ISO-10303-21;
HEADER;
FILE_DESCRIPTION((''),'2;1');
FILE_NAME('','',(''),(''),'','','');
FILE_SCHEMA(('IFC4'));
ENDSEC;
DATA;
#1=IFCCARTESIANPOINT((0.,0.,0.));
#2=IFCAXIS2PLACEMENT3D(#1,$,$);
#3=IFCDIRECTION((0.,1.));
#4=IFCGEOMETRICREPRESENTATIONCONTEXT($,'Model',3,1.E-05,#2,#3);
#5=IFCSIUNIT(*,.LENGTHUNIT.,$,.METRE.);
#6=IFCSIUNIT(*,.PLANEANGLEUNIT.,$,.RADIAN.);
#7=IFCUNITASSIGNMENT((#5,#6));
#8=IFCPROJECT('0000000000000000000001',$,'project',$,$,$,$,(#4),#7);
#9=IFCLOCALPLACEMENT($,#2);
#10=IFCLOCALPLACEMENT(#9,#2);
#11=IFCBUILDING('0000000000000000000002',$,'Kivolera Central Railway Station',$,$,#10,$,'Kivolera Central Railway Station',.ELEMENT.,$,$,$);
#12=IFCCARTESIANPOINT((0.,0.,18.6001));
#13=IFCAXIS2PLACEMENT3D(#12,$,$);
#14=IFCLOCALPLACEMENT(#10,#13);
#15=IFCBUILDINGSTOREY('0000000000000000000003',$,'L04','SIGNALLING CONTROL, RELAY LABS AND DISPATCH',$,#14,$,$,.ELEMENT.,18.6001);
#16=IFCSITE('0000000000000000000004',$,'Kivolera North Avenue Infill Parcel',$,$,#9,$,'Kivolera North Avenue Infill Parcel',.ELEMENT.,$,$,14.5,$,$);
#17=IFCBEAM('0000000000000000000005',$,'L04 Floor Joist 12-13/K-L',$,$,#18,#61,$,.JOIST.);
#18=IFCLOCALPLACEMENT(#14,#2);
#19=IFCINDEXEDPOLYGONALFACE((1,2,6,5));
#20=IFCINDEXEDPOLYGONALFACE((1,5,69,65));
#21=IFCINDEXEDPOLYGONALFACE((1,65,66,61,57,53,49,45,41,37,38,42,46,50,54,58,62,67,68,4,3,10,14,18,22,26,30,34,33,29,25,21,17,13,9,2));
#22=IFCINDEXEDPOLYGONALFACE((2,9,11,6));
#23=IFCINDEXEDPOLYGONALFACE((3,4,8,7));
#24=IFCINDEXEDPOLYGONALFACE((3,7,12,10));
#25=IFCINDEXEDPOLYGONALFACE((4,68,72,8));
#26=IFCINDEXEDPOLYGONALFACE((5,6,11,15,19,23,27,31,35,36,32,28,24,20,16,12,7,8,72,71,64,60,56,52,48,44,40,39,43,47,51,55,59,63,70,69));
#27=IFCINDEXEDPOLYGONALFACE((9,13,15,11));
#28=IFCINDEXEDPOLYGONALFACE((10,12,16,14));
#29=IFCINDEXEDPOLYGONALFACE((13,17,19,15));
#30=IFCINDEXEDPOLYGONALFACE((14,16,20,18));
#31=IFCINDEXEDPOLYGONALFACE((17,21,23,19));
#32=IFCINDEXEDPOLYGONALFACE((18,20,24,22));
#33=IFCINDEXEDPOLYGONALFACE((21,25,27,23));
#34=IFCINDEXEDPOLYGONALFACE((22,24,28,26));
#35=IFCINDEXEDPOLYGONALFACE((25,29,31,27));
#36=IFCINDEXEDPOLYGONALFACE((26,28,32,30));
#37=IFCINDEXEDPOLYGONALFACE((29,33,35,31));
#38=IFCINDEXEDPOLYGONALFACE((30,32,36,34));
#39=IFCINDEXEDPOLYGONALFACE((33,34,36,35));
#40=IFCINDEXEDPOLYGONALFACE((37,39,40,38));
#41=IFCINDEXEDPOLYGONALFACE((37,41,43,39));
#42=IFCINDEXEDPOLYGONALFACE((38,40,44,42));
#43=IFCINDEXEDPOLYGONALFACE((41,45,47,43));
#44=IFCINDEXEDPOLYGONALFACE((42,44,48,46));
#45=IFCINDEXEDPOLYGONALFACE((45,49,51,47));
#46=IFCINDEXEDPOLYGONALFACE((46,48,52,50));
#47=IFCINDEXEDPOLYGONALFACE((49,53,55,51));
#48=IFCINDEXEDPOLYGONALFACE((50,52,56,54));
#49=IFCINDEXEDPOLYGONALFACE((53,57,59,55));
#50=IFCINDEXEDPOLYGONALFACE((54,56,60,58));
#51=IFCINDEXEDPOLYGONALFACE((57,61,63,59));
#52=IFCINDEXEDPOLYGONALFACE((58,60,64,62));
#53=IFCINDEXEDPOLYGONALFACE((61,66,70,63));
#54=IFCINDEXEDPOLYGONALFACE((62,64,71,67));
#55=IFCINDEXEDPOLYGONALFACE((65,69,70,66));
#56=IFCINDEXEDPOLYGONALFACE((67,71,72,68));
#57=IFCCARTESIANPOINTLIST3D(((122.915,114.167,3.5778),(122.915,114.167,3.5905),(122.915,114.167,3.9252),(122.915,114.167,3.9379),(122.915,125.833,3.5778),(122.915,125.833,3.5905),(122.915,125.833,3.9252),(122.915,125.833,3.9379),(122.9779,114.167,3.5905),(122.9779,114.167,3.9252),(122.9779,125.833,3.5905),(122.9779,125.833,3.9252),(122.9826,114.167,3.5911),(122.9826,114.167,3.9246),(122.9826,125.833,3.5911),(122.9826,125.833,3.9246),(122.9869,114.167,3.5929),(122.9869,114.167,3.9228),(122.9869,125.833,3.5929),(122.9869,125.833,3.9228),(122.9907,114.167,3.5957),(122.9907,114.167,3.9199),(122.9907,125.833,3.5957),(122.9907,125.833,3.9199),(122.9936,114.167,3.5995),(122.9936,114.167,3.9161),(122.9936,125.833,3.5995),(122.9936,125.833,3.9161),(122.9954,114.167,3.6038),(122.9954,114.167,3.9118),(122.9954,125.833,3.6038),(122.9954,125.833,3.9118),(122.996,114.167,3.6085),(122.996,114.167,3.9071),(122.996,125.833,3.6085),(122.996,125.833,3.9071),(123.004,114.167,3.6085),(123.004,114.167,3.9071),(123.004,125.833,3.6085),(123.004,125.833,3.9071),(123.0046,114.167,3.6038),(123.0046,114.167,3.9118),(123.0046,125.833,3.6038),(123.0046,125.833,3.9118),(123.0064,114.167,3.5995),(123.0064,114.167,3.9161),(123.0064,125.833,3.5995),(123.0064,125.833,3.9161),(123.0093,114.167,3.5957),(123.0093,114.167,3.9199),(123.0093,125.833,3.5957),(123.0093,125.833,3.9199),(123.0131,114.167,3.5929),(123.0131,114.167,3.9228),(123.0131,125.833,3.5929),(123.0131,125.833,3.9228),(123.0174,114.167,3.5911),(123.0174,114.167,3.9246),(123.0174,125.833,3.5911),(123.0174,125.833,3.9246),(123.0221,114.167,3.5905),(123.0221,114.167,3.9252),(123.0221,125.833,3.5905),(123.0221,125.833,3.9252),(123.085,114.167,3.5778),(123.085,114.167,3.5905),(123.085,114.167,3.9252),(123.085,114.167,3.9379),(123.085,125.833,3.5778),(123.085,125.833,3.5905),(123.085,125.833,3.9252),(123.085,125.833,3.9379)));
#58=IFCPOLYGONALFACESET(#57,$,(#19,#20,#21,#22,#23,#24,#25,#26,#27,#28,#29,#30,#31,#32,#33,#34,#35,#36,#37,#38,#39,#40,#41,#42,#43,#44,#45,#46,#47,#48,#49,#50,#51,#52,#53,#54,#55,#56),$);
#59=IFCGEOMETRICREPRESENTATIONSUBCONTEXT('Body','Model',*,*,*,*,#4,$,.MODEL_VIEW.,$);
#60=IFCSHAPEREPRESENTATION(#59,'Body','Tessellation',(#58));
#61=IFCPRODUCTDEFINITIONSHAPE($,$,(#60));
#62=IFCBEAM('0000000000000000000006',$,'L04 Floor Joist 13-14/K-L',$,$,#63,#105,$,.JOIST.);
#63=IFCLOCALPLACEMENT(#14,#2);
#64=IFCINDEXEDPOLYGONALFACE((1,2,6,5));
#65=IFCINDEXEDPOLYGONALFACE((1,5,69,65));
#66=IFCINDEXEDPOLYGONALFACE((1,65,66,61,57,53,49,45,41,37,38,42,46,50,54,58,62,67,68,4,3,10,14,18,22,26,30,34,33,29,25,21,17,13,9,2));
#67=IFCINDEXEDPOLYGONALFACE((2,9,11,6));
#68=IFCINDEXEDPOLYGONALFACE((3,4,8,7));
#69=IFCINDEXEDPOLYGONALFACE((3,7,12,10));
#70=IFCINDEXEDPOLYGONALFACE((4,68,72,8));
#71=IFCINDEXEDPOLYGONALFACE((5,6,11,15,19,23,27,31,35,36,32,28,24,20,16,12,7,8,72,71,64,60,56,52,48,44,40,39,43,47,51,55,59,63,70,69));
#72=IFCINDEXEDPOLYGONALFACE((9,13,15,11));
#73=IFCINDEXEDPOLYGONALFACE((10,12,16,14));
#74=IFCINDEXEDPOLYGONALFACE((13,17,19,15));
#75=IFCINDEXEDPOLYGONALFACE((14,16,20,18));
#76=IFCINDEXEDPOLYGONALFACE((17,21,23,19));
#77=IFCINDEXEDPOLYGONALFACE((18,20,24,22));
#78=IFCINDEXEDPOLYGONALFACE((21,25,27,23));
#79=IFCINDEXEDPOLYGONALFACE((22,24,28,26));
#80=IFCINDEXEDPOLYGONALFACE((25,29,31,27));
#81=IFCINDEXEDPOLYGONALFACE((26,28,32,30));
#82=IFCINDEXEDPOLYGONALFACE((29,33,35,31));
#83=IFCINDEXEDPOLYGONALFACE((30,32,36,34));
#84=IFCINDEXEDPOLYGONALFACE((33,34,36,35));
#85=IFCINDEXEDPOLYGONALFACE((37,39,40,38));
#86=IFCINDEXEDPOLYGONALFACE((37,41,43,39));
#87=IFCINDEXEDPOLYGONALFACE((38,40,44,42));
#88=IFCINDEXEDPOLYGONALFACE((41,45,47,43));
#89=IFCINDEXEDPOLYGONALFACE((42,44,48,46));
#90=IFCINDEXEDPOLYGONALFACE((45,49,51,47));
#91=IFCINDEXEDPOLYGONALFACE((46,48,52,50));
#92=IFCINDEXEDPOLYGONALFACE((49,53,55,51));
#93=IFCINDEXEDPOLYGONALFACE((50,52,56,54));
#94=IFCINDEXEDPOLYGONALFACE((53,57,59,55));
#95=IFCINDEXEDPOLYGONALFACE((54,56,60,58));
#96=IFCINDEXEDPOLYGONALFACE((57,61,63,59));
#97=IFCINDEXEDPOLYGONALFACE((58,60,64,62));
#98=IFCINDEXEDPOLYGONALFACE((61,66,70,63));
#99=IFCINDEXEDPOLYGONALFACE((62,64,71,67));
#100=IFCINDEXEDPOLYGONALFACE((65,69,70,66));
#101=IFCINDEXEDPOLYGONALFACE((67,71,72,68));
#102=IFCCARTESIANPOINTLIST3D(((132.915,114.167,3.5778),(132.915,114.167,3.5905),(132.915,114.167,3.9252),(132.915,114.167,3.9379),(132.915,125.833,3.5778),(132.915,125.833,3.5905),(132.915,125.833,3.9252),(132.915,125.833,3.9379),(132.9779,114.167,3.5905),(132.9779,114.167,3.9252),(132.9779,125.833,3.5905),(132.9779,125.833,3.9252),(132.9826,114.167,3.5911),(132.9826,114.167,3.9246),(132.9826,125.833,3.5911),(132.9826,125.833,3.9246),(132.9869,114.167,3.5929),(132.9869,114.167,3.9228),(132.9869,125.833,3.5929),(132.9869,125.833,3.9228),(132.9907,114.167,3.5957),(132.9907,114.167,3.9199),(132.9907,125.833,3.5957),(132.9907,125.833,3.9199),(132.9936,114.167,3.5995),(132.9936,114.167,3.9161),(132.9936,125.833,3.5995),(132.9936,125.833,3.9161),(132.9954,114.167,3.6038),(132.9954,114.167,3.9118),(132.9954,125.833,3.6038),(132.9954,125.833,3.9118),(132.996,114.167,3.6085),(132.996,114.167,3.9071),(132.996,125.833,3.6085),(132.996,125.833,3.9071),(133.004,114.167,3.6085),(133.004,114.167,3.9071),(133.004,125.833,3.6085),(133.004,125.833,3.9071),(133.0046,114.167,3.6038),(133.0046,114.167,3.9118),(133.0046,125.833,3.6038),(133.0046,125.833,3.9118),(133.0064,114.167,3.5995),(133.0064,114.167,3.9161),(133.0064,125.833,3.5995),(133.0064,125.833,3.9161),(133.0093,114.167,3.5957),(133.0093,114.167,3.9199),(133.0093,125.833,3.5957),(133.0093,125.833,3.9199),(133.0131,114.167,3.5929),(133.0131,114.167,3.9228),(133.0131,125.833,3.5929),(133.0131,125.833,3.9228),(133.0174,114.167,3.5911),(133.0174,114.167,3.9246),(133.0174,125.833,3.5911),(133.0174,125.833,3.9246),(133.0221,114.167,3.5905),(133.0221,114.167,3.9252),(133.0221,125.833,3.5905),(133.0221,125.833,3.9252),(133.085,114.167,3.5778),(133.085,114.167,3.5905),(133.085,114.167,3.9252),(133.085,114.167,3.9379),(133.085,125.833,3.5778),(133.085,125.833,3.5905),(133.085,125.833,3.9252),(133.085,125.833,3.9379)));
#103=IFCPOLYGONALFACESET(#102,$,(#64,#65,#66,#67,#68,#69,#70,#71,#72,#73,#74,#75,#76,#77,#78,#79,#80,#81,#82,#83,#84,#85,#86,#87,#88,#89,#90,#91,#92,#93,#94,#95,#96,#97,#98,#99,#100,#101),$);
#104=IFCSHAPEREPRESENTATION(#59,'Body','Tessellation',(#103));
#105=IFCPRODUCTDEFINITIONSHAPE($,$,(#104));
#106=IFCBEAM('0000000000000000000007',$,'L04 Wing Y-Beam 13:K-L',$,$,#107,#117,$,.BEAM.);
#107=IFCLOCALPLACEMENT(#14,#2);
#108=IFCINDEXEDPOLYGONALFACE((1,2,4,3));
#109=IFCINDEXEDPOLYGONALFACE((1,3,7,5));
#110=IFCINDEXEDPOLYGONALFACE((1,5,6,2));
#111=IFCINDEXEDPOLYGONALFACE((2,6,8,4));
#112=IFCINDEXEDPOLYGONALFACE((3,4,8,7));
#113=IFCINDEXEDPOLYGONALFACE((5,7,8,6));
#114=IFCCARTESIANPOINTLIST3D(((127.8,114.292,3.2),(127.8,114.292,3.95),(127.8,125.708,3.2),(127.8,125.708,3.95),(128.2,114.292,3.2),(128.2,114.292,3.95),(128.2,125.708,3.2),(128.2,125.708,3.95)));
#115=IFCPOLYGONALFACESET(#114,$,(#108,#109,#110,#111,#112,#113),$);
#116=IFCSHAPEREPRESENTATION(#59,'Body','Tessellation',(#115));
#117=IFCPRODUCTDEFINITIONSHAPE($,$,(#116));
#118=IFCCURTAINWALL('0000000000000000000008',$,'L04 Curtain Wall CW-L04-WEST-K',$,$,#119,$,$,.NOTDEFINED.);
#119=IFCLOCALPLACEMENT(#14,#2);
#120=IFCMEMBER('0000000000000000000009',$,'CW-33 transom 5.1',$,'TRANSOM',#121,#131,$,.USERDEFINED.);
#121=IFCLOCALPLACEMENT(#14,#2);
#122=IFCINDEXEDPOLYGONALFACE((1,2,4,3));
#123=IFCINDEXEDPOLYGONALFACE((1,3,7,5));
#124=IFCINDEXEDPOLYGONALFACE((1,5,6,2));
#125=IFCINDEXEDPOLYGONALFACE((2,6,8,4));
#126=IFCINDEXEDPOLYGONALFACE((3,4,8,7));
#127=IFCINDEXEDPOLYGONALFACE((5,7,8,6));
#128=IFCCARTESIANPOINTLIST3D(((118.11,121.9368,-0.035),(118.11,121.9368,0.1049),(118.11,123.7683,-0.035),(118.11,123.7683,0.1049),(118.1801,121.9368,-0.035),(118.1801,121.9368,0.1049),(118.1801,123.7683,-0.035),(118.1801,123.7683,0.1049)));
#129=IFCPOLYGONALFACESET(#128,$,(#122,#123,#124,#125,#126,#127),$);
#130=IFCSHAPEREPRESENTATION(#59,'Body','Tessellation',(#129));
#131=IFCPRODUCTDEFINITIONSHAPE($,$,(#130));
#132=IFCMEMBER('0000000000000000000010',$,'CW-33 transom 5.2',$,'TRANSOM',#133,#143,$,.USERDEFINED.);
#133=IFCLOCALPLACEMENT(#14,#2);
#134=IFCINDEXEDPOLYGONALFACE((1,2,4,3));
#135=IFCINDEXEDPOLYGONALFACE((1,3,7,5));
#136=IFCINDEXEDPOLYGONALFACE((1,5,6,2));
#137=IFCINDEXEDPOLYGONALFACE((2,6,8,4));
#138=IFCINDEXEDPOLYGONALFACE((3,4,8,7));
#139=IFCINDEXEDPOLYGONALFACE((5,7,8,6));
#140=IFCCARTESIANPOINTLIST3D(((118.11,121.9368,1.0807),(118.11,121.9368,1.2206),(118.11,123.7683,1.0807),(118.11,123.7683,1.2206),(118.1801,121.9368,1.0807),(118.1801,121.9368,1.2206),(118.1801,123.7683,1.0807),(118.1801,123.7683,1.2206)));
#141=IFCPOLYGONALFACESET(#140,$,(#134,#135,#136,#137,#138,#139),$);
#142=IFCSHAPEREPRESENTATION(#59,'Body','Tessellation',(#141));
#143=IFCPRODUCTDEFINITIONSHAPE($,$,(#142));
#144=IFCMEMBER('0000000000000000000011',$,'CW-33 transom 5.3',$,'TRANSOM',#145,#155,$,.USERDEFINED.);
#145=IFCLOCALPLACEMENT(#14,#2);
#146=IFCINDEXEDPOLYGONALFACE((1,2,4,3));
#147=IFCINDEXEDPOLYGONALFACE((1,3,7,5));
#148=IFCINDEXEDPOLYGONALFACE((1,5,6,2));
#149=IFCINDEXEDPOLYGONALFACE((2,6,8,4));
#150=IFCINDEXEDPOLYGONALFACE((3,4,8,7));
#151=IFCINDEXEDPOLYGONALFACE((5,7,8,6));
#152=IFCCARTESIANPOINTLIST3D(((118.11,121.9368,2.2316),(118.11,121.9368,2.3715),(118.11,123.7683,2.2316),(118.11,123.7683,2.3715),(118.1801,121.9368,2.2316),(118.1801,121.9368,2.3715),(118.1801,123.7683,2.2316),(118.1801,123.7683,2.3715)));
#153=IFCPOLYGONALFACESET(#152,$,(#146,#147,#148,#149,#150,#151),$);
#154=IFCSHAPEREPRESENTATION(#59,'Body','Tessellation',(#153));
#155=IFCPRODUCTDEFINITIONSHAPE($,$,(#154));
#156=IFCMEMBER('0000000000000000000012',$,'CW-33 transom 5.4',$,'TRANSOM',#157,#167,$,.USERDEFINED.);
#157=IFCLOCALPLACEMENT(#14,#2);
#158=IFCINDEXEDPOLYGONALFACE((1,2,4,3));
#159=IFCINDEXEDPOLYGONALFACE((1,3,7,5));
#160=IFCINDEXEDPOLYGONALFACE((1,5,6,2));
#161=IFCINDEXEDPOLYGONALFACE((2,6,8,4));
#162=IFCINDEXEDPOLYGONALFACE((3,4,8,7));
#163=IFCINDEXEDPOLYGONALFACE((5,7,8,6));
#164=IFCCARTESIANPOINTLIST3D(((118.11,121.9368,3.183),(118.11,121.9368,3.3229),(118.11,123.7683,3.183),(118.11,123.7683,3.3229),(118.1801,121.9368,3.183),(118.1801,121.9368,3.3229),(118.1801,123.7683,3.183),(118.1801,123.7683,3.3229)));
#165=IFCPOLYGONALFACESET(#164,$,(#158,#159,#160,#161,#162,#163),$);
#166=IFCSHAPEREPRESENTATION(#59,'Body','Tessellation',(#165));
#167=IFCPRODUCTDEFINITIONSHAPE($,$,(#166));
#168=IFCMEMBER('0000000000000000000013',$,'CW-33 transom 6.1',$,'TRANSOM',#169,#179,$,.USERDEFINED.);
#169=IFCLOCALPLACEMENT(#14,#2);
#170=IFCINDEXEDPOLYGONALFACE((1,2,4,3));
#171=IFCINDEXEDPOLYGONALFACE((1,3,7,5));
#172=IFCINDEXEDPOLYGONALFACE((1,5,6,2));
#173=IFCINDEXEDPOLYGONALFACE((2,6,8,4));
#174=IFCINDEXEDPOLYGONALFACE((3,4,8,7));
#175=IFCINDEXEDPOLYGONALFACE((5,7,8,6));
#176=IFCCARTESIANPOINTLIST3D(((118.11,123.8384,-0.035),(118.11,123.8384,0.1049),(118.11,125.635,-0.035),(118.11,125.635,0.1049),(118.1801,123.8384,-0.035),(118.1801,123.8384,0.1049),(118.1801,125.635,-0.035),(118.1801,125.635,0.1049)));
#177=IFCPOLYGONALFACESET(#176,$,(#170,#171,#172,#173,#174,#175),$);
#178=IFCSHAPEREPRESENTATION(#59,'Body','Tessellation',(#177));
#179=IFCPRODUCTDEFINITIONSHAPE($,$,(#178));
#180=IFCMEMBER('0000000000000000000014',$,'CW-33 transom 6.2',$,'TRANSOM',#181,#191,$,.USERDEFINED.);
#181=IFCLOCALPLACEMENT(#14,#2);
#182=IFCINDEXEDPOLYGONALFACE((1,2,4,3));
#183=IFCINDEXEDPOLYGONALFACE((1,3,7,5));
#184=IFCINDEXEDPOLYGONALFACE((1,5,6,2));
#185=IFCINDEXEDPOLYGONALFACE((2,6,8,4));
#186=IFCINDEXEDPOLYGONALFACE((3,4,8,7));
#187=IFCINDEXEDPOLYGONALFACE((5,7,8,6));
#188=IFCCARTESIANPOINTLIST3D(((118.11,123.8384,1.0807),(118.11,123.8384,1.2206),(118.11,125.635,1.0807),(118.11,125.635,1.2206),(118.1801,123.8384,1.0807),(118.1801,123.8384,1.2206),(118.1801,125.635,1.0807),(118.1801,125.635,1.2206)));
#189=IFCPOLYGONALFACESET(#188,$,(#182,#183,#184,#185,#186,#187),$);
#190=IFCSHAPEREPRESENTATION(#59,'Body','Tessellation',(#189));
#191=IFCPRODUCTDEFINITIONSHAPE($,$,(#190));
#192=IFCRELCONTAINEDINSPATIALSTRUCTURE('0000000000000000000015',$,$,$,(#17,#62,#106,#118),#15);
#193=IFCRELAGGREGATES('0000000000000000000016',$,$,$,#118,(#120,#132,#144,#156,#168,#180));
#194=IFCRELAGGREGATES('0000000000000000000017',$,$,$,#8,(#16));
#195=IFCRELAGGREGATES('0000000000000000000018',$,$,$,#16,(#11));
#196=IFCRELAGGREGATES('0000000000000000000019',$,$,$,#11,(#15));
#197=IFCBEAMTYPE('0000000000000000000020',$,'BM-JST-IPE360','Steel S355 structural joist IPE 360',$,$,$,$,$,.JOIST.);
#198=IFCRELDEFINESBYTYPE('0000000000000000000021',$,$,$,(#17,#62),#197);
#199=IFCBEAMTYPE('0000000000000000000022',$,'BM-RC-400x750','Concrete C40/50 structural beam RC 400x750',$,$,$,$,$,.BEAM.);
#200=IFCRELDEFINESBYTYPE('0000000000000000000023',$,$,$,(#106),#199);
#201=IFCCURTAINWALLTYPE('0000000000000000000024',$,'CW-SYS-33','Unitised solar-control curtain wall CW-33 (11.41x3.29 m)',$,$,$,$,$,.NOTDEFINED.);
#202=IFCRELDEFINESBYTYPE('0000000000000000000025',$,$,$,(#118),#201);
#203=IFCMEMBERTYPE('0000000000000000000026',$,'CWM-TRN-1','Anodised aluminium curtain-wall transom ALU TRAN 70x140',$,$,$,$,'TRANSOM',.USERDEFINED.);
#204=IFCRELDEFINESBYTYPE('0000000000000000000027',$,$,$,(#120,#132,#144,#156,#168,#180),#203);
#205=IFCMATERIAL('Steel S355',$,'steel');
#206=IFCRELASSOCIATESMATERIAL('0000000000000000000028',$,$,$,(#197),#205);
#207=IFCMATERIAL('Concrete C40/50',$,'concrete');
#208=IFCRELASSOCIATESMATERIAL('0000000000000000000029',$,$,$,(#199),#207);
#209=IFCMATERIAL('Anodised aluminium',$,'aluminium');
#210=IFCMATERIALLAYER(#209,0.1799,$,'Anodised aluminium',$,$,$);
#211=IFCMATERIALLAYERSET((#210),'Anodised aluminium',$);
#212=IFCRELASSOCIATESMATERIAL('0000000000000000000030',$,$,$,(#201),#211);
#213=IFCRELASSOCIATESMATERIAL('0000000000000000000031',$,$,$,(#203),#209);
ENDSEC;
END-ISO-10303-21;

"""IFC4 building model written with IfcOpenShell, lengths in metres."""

from ifc_helpers import new_model, si_unit, direction, frame, origin, origin_2d, place, context, subcontext, project, spatial, rectangle, i_section, extrude, material, layer, layer_set, material_profile, profile_set, type_object, element, aggregate, save


model = new_model("IFC4")

# Units and contexts
model_context = context("Model", 3, precision=1e-05, world=origin(), true_north=direction((0.0, 1.0)))
body_context = subcontext(model_context, "Body", "Model", "MODEL_VIEW")
ifc_project = project(units=[si_unit("LENGTHUNIT", "METRE"), si_unit("PLANEANGLEUNIT", "RADIAN")], contexts=[model_context])

# Site, building, storey
site_placement = place(None, origin())
site = spatial("IfcSite", under=ifc_project, at=site_placement, Name="Kivolera North Avenue Infill Parcel", LongName="Kivolera North Avenue Infill Parcel", CompositionType="ELEMENT", RefElevation=14.5)
building_placement = place(site_placement, origin())
building = spatial("IfcBuilding", under=site, at=building_placement, Name="Kivolera Central Railway Station", LongName="Kivolera Central Railway Station", CompositionType="ELEMENT")
storey_placement = place(building_placement, frame((0.0, 0.0, 18.6001)))
storey = spatial("IfcBuildingStorey", under=building, at=storey_placement, Name="L04", Description="SIGNALLING CONTROL, RELAY LABS AND DISPATCH", CompositionType="ELEMENT", Elevation=18.6001)

# Beams
ifc_material_1 = material(Name="Steel S355", Category="steel")
ifc_material_profile_1 = material_profile(ifc_material_1, i_section(OverallWidth=0.1699, OverallDepth=0.3601, WebThickness=0.0081, FlangeThickness=0.0127, FilletRadius=0.0181, at=origin_2d()), Name="IPE 360")
ifc_profile_set_1 = profile_set([ifc_material_profile_1], Name="Steel S355")
beam_type_1 = type_object("IfcBeamType", Name="BM-JST-IPE360", Description="Steel S355 structural joist IPE 360", PredefinedType="JOIST", material=ifc_profile_set_1)
for number, where, z_axis, x_axis, name in (
    (1, (123.0, 114.167, 3.7578), (0.0, 1.0, 0.0), (-1.0, 0.0, 0.0), "L04 Floor Joist 12-13/K-L"),
    (2, (133.0, 114.167, 3.7578), (0.0, 1.0, 0.0), (-1.0, 0.0, 0.0), "L04 Floor Joist 13-14/K-L"),
):
    element("IfcBeam", number, at=place(storey_placement, frame(where, z_axis=z_axis, x_axis=x_axis)), inside=storey, type_object=beam_type_1, Name=name, PredefinedType="JOIST", context=body_context, shape_type="SweptSolid", body=[
        extrude(i_section(OverallWidth=0.1699, OverallDepth=0.3601, WebThickness=0.0081, FlangeThickness=0.0127, FilletRadius=0.0181, at=origin_2d()), origin(), (0.0, 0.0, 1.0), 11.666),
    ])
ifc_material_2 = material(Name="Concrete C40/50", Category="concrete")
ifc_material_profile_2 = material_profile(ifc_material_2, rectangle(XDim=0.3999, YDim=0.75, at=origin_2d()), Name="RC 400x750")
ifc_profile_set_2 = profile_set([ifc_material_profile_2], Name="Concrete C40/50")
beam_type_2 = type_object("IfcBeamType", Name="BM-RC-400x750", Description="Concrete C40/50 structural beam RC 400x750", PredefinedType="BEAM", material=ifc_profile_set_2)
beam_placement = place(storey_placement, frame((128.0, 114.292, 3.575), z_axis=(0.0, 1.0, 0.0), x_axis=(-1.0, 0.0, 0.0)))
element("IfcBeam", 3, at=beam_placement, inside=storey, type_object=beam_type_2, Name="L04 Wing Y-Beam 13:K-L", PredefinedType="BEAM", context=body_context, shape_type="SweptSolid", body=[
    extrude(rectangle(XDim=0.3999, YDim=0.75, at=origin_2d()), origin(), (0.0, 0.0, 1.0), 11.416),
])

# Curtain wall, members
ifc_material_3 = material(Name="Anodised aluminium", Category="aluminium")
ifc_layer_1 = layer(ifc_material_3, 0.1799, Name="Anodised aluminium")
ifc_layer_set_1 = layer_set([ifc_layer_1], Name="Anodised aluminium")
curtain_wall_type = type_object("IfcCurtainWallType", Name="CW-SYS-33", Description="Unitised solar-control curtain wall CW-33 (11.41x3.29 m)", PredefinedType="NOTDEFINED", material=ifc_layer_set_1)
curtain_wall_placement = place(storey_placement, origin())
curtain_wall = element("IfcCurtainWall", 4, at=curtain_wall_placement, inside=storey, type_object=curtain_wall_type, Name="L04 Curtain Wall CW-L04-WEST-K", PredefinedType="NOTDEFINED")
ifc_material_profile_3 = material_profile(ifc_material_3, rectangle(XDim=0.0701, YDim=0.1399, at=origin_2d()), Name="ALU TRAN 70x140")
ifc_profile_set_3 = profile_set([ifc_material_profile_3], Name="Anodised aluminium")
member_type = type_object("IfcMemberType", Name="CWM-TRN-1", Description="Anodised aluminium curtain-wall transom ALU TRAN 70x140", ElementType="TRANSOM", PredefinedType="USERDEFINED", material=ifc_profile_set_3)
member_1_placement = place(storey_placement, frame((118.145, 121.9368, 0.0349), z_axis=(0.0, 1.0, 0.0), x_axis=(-1.0, 0.0, 0.0)))
member_1 = element("IfcMember", 5, at=member_1_placement, type_object=member_type, Name="CW-33 transom 5.1", ObjectType="TRANSOM", PredefinedType="USERDEFINED", context=body_context, shape_type="SweptSolid", body=[
    extrude(rectangle(XDim=0.0701, YDim=0.1399, at=origin_2d()), origin(), (0.0, 0.0, 1.0), 1.8315),
])
member_2_placement = place(storey_placement, frame((118.145, 121.9368, 1.1506), z_axis=(0.0, 1.0, 0.0), x_axis=(-1.0, 0.0, 0.0)))
member_2 = element("IfcMember", 6, at=member_2_placement, type_object=member_type, Name="CW-33 transom 5.2", ObjectType="TRANSOM", PredefinedType="USERDEFINED", context=body_context, shape_type="SweptSolid", body=[
    extrude(rectangle(XDim=0.0701, YDim=0.1399, at=origin_2d()), origin(), (0.0, 0.0, 1.0), 1.8315),
])
member_3_placement = place(storey_placement, frame((118.145, 121.9368, 2.3015), z_axis=(0.0, 1.0, 0.0), x_axis=(-1.0, 0.0, 0.0)))
member_3 = element("IfcMember", 7, at=member_3_placement, type_object=member_type, Name="CW-33 transom 5.3", ObjectType="TRANSOM", PredefinedType="USERDEFINED", context=body_context, shape_type="SweptSolid", body=[
    extrude(rectangle(XDim=0.0701, YDim=0.1399, at=origin_2d()), origin(), (0.0, 0.0, 1.0), 1.8315),
])
member_4_placement = place(storey_placement, frame((118.145, 121.9368, 3.2529), z_axis=(0.0, 1.0, 0.0), x_axis=(-1.0, 0.0, 0.0)))
member_4 = element("IfcMember", 8, at=member_4_placement, type_object=member_type, Name="CW-33 transom 5.4", ObjectType="TRANSOM", PredefinedType="USERDEFINED", context=body_context, shape_type="SweptSolid", body=[
    extrude(rectangle(XDim=0.0701, YDim=0.1399, at=origin_2d()), origin(), (0.0, 0.0, 1.0), 1.8315),
])
member_5_placement = place(storey_placement, frame((118.145, 123.8384, 0.0349), z_axis=(0.0, 1.0, 0.0), x_axis=(-1.0, 0.0, 0.0)))
member_5 = element("IfcMember", 9, at=member_5_placement, type_object=member_type, Name="CW-33 transom 6.1", ObjectType="TRANSOM", PredefinedType="USERDEFINED", context=body_context, shape_type="SweptSolid", body=[
    extrude(rectangle(XDim=0.0701, YDim=0.1399, at=origin_2d()), origin(), (0.0, 0.0, 1.0), 1.7966),
])
member_6_placement = place(storey_placement, frame((118.145, 123.8384, 1.1506), z_axis=(0.0, 1.0, 0.0), x_axis=(-1.0, 0.0, 0.0)))
member_6 = element("IfcMember", 10, at=member_6_placement, type_object=member_type, Name="CW-33 transom 6.2", ObjectType="TRANSOM", PredefinedType="USERDEFINED", context=body_context, shape_type="SweptSolid", body=[
    extrude(rectangle(XDim=0.0701, YDim=0.1399, at=origin_2d()), origin(), (0.0, 0.0, 1.0), 1.7966),
])
aggregate(curtain_wall, [member_1, member_2, member_3, member_4, member_5, member_6])

save(model, "model.ifc")
